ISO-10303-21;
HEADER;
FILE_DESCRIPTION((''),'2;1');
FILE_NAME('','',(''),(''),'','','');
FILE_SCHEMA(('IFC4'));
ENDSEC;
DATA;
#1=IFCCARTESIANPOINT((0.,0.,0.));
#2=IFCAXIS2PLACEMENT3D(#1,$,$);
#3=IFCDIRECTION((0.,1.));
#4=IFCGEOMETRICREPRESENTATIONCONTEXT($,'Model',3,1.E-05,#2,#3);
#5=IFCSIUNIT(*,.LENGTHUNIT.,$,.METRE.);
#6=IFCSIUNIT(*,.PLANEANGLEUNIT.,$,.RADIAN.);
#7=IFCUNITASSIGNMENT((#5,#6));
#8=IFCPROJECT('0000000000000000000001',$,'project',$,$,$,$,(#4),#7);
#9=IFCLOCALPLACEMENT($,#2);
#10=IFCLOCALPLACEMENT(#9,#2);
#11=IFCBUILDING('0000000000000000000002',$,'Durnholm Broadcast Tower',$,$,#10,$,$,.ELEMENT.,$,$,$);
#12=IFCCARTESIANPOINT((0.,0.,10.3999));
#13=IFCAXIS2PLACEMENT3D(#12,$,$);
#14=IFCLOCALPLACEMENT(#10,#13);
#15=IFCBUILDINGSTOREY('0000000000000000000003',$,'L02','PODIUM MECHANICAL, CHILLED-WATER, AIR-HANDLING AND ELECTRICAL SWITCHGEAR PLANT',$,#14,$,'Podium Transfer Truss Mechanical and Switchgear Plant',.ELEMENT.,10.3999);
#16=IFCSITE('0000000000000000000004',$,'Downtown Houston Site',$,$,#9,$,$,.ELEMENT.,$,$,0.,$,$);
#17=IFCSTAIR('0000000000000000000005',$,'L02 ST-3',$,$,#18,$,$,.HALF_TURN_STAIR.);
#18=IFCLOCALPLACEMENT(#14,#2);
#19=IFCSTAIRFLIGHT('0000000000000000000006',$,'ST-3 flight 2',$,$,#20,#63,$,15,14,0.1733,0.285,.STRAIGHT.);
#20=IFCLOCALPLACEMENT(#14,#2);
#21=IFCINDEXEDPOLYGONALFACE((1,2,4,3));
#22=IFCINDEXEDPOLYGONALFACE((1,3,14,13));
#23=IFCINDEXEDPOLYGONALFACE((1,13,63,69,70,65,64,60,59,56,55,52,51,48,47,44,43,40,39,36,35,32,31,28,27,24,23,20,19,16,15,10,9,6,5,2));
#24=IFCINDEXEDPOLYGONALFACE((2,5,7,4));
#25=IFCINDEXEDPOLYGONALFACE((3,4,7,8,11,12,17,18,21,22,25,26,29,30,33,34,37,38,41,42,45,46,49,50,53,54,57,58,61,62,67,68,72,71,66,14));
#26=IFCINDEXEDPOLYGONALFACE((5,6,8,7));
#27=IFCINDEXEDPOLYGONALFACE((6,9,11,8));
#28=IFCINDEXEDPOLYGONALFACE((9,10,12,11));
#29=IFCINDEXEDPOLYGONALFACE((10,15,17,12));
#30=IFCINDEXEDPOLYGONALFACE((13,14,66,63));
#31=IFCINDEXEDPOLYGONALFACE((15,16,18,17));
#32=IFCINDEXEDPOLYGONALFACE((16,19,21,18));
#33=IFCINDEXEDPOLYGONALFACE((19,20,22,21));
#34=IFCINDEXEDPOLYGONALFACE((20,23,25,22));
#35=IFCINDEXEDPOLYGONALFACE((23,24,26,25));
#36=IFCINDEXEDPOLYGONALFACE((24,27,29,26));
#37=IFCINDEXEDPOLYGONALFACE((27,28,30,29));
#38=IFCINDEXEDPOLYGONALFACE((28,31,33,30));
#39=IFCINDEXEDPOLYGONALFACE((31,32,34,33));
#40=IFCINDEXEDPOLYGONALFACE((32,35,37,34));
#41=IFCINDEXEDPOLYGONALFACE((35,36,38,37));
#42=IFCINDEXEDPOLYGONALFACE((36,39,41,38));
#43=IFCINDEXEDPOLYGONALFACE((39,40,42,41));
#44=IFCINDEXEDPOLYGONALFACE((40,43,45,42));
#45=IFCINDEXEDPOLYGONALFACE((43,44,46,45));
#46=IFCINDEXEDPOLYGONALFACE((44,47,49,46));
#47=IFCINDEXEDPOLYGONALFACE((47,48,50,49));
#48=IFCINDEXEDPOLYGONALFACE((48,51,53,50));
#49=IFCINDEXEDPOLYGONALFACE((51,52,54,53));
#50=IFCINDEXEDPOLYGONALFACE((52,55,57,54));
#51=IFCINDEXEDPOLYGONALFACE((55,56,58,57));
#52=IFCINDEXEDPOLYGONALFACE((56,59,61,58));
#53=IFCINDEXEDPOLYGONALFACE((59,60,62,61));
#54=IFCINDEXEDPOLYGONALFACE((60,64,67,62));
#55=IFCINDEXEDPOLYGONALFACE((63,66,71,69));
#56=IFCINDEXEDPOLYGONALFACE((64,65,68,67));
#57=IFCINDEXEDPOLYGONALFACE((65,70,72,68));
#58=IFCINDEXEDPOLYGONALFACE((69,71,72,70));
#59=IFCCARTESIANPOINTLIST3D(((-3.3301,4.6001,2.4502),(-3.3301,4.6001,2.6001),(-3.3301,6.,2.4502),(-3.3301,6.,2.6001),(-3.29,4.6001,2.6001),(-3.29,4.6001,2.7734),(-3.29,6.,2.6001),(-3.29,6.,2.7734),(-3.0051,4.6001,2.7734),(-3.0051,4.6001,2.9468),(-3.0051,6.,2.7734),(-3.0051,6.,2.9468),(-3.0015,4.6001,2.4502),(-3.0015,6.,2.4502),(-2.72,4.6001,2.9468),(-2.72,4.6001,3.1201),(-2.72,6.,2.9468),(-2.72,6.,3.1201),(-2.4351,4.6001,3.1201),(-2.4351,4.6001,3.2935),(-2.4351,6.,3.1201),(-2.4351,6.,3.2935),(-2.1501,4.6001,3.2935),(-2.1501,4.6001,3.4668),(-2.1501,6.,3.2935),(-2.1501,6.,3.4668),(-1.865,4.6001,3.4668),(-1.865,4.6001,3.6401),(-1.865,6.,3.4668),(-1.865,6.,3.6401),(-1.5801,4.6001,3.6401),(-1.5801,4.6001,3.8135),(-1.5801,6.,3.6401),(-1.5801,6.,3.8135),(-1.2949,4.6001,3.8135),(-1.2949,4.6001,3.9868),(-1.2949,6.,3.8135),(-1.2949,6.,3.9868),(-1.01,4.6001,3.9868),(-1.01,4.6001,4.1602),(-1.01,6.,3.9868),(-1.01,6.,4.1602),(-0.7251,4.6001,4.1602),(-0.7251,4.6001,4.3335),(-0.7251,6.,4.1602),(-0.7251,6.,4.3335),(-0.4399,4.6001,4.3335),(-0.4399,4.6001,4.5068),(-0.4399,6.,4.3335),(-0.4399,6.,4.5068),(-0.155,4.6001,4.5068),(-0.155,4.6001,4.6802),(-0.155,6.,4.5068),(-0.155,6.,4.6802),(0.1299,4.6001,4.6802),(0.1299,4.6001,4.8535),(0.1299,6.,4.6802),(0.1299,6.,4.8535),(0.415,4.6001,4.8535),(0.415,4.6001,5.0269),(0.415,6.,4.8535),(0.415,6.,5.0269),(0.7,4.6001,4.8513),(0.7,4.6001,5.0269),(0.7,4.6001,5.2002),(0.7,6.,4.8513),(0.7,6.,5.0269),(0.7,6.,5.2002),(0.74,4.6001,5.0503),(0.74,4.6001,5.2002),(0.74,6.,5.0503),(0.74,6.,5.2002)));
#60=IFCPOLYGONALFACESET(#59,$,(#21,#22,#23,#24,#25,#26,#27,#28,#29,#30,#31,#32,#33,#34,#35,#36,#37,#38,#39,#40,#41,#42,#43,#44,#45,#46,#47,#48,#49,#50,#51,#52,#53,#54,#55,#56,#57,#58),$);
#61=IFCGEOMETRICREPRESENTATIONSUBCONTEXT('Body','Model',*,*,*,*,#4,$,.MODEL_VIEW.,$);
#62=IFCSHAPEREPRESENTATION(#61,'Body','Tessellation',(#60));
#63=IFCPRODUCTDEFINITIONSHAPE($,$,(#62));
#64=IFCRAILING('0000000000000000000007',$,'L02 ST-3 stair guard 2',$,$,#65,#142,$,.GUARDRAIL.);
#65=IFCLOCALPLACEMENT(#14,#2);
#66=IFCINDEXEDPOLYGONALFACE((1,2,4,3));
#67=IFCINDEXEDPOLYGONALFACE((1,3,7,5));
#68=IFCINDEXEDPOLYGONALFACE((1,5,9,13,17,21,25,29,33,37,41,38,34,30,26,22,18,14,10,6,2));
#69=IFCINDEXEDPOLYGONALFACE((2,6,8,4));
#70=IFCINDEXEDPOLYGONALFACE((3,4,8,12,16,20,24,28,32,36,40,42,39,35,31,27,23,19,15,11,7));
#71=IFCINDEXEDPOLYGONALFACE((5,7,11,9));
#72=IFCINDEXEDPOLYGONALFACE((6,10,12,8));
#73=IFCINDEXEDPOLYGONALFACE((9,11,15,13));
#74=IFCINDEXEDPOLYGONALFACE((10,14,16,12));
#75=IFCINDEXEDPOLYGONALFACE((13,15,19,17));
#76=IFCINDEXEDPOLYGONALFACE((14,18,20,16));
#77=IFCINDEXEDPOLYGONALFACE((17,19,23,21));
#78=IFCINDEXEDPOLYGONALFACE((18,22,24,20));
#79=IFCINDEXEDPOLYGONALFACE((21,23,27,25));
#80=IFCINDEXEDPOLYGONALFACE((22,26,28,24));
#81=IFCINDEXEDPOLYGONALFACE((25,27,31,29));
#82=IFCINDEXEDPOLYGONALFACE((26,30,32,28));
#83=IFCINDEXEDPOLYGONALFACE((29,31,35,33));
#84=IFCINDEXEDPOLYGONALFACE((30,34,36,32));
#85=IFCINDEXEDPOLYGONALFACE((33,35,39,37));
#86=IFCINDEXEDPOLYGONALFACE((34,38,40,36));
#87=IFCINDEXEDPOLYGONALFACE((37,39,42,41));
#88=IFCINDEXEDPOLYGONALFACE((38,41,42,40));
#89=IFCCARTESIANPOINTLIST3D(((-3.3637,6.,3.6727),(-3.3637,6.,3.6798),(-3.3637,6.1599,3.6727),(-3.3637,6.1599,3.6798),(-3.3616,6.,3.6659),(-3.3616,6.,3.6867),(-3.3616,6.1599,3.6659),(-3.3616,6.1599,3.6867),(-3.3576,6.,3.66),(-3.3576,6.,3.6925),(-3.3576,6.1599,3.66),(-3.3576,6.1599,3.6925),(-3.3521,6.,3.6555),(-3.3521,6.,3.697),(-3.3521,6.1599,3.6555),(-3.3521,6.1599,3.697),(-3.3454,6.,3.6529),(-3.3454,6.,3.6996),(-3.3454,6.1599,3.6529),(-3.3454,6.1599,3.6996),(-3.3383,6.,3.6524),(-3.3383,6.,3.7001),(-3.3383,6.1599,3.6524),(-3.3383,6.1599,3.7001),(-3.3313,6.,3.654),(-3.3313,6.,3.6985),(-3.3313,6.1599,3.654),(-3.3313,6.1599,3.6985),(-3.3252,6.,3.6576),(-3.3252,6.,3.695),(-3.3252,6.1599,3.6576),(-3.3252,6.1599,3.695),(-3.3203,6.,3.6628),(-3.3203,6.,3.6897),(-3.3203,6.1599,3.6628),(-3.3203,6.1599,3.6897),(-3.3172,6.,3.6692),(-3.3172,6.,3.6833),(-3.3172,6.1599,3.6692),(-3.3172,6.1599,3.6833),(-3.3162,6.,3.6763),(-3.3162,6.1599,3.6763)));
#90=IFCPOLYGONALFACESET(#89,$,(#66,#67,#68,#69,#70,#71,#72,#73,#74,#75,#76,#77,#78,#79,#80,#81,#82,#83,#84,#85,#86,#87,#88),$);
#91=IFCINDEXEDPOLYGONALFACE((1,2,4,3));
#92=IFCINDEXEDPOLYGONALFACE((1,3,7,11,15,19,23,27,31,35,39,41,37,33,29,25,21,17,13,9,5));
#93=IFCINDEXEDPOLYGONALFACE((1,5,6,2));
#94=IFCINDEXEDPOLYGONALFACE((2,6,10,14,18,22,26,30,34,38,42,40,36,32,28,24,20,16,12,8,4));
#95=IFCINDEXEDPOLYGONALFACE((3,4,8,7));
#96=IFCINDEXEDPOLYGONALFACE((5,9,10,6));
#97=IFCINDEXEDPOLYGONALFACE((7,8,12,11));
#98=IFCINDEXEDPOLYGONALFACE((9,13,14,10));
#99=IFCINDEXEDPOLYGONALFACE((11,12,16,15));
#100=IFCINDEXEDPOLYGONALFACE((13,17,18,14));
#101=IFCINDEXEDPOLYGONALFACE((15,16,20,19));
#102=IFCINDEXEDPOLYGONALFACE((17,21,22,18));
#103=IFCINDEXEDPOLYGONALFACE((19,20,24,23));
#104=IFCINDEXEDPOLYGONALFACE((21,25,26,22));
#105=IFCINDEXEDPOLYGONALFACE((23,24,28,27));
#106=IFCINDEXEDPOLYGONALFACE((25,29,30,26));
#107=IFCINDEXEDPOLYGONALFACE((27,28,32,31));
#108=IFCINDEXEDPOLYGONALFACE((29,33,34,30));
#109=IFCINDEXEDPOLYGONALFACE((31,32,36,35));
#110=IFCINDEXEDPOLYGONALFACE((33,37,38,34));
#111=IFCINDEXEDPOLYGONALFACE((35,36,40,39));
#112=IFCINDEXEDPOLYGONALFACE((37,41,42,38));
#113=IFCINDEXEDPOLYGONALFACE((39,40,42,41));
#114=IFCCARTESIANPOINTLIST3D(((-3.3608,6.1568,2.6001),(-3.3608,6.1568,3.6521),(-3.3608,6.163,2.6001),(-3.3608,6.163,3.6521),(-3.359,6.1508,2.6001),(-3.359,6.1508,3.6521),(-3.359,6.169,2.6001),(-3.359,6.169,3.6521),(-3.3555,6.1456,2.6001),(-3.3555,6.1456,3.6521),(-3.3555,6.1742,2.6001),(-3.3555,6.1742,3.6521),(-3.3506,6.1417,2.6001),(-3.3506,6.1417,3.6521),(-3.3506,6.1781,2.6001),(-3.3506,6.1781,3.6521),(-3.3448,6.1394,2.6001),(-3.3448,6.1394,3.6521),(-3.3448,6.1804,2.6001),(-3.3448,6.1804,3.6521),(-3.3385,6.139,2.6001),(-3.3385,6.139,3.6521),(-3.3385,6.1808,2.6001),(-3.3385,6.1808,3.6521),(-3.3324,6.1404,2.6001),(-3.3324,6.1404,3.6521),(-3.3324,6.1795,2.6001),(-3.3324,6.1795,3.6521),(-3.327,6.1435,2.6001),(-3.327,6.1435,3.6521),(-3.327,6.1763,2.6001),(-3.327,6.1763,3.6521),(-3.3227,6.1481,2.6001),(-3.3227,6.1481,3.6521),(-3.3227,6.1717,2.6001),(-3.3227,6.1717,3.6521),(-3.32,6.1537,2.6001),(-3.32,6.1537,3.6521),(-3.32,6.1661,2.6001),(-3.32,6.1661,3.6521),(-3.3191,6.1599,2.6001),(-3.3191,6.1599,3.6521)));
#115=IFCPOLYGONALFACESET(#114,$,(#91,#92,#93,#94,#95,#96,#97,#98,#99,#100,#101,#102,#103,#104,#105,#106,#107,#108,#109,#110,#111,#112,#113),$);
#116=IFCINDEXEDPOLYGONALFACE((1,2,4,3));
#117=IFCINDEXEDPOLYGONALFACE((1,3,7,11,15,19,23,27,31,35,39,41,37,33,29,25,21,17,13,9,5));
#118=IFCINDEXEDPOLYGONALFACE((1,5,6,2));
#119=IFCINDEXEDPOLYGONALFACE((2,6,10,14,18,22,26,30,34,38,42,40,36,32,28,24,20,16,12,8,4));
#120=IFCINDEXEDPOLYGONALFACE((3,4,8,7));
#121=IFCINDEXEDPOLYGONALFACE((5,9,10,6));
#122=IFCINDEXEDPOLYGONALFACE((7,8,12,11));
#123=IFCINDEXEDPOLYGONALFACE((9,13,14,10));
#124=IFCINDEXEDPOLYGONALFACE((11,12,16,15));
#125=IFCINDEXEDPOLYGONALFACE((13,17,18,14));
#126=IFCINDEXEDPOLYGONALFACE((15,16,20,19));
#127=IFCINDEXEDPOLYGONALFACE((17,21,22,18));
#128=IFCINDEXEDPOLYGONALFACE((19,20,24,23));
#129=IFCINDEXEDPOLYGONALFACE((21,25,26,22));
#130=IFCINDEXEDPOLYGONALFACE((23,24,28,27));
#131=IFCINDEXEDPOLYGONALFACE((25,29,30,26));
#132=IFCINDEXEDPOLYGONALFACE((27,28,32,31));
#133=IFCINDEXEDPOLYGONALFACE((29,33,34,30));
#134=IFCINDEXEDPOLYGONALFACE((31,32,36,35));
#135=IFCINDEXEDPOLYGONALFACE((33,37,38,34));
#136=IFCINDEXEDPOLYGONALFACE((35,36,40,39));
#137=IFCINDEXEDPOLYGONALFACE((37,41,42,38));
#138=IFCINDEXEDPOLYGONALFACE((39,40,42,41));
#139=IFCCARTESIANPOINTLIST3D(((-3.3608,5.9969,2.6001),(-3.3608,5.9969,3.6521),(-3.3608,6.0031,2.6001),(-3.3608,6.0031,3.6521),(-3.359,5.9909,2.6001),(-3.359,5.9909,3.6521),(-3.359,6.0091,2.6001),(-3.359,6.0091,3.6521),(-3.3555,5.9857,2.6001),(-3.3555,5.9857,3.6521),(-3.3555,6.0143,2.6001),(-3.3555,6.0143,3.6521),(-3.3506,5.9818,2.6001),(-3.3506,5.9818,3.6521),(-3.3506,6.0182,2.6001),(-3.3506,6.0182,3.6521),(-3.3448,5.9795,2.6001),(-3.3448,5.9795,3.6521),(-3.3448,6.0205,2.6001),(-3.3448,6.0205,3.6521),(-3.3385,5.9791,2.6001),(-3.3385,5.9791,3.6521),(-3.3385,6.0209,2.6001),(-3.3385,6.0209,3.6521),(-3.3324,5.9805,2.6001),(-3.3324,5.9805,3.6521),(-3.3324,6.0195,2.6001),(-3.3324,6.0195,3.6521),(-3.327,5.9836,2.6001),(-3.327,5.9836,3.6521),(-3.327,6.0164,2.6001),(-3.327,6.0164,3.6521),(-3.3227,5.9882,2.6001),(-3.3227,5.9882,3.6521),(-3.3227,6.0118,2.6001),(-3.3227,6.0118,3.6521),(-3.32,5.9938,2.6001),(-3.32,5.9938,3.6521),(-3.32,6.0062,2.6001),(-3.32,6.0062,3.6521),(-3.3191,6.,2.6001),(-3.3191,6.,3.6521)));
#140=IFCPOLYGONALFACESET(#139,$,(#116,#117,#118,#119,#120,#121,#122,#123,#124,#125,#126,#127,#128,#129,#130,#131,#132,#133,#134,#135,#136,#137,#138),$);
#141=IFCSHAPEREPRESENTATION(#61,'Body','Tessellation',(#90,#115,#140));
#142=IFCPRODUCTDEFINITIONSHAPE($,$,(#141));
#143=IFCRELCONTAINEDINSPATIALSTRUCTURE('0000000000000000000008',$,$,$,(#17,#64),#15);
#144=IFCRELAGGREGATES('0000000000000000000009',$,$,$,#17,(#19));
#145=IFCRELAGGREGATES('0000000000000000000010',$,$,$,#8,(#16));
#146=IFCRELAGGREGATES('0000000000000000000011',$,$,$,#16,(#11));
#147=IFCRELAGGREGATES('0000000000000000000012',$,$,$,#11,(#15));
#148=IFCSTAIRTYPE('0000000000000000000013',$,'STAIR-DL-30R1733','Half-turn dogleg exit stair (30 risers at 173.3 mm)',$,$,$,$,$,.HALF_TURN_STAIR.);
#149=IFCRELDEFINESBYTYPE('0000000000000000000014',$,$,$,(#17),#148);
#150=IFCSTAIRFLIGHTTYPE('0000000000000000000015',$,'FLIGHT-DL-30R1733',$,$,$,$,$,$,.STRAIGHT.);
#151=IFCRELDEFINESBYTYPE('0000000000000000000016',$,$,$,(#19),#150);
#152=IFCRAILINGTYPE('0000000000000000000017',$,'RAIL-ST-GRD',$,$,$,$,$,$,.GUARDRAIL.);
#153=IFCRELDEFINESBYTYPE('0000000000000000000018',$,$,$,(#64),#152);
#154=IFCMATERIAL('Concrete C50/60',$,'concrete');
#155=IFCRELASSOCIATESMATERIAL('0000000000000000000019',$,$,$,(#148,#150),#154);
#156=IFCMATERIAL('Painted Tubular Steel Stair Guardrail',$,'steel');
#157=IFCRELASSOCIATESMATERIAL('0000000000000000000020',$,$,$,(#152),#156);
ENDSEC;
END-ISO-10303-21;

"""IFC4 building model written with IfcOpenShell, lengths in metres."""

from ifc_helpers import new_model, si_unit, direction, frame, origin, origin_2d, place, context, subcontext, project, spatial, polyline, circle, outline, extrude, material, type_object, element, aggregate, save


model = new_model("IFC4")

# Units and contexts
model_context = context("Model", 3, precision=1e-05, world=origin(), true_north=direction((0.0, 1.0)))
body_context = subcontext(model_context, "Body", "Model", "MODEL_VIEW")
ifc_project = project(units=[si_unit("LENGTHUNIT", "METRE"), si_unit("PLANEANGLEUNIT", "RADIAN")], contexts=[model_context])

# Site, building, storey
site_placement = place(None, origin())
site = spatial("IfcSite", under=ifc_project, at=site_placement, Name="Downtown Houston Site", CompositionType="ELEMENT", RefElevation=0.0)
building_placement = place(site_placement, origin())
building = spatial("IfcBuilding", under=site, at=building_placement, Name="Durnholm Broadcast Tower", CompositionType="ELEMENT")
storey_placement = place(building_placement, frame((0.0, 0.0, 10.3999)))
storey = spatial("IfcBuildingStorey", under=building, at=storey_placement, Name="L02", Description="PODIUM MECHANICAL, CHILLED-WATER, AIR-HANDLING AND ELECTRICAL SWITCHGEAR PLANT", LongName="Podium Transfer Truss Mechanical and Switchgear Plant", CompositionType="ELEMENT", Elevation=10.3999)

# Shared definitions
ifc_material_1 = material(Name="Concrete C50/60", Category="concrete")

# Stair, stair flight
stair_type = type_object("IfcStairType", Name="STAIR-DL-30R1733", Description="Half-turn dogleg exit stair (30 risers at 173.3 mm)", PredefinedType="HALF_TURN_STAIR", material=ifc_material_1)
stair_placement = place(storey_placement, origin())
stair = element("IfcStair", 1, at=stair_placement, inside=storey, type_object=stair_type, Name="L02 ST-3", PredefinedType="HALF_TURN_STAIR")
stair_flight_type = type_object("IfcStairFlightType", Name="FLIGHT-DL-30R1733", PredefinedType="STRAIGHT", material=ifc_material_1)
stair_flight_placement = place(storey_placement, frame((-3.29, 5.3, 2.6001), z_axis=(0.0, 0.0, 1.0), x_axis=(1.0, 0.0, 0.0)))
stair_flight = element("IfcStairFlight", 2, at=stair_flight_placement, type_object=stair_flight_type, Name="ST-3 flight 2", NumberOfRisers=15, NumberOfTreads=14, PredefinedType="STRAIGHT", RiserHeight=0.1733, TreadLength=0.285, context=body_context, shape_type="SweptSolid", body=[
    extrude(outline(polyline([(-0.04, -0.1499), (-0.04, 0.0), (0.0, 0.0), (0.0, 0.1733), (0.2849, 0.1733), (0.2849, 0.3467), (0.5701, 0.3467), (0.5701, 0.52), (0.855, 0.52), (0.855, 0.6934), (1.1399, 0.6934), (1.1399, 0.8667), (1.425, 0.8667), (1.425, 1.04), (1.71, 1.04), (1.71, 1.2134), (1.9951, 1.2134), (1.9951, 1.3867), (2.28, 1.3867), (2.28, 1.5601), (2.5649, 1.5601), (2.5649, 1.7334), (2.8501, 1.7334), (2.8501, 1.9067), (3.135, 1.9067), (3.135, 2.0801), (3.4199, 2.0801), (3.4199, 2.2534), (3.7051, 2.2534), (3.7051, 2.4268), (3.99, 2.4268), (3.99, 2.6001), (4.03, 2.6001), (4.03, 2.4502), (3.99, 2.2512), (0.2886, -0.1499), (-0.04, -0.1499)])), frame((0.0, 0.7, 0.0), z_axis=(0.0, -1.0, 0.0), x_axis=(1.0, 0.0, 0.0)), (0.0, 0.0, 1.0), 1.3999),
])
aggregate(stair, [stair_flight])

# Railing
ifc_material_2 = material(Name="Painted Tubular Steel Stair Guardrail", Category="steel")
railing_type_1 = type_object("IfcRailingType", Name="RAIL-ST-GRD", PredefinedType="GUARDRAIL", material=ifc_material_2)
railing_1_placement = place(storey_placement, frame((-3.3401, 6.1599, 2.6001)))
element("IfcRailing", 3, at=railing_1_placement, inside=storey, type_object=railing_type_1, Name="L02 ST-3 stair guard 2", PredefinedType="GUARDRAIL", context=body_context, shape_type="SweptSolid", body=[
    extrude(circle(Radius=0.0239, at=origin_2d()), frame((0.0, 0.0, 1.0762), z_axis=(0.0, -1.0, 0.0), x_axis=(1.0, 0.0, 0.0)), (0.0, 0.0, 1.0), 0.1599),
    extrude(circle(Radius=0.021, at=origin_2d()), origin(), (0.0, 0.0, 1.0), 1.052),
    extrude(circle(Radius=0.021, at=origin_2d()), frame((0.0, -0.1599, 0.0)), (0.0, 0.0, 1.0), 1.052),
])

save(model, "model.ifc")
